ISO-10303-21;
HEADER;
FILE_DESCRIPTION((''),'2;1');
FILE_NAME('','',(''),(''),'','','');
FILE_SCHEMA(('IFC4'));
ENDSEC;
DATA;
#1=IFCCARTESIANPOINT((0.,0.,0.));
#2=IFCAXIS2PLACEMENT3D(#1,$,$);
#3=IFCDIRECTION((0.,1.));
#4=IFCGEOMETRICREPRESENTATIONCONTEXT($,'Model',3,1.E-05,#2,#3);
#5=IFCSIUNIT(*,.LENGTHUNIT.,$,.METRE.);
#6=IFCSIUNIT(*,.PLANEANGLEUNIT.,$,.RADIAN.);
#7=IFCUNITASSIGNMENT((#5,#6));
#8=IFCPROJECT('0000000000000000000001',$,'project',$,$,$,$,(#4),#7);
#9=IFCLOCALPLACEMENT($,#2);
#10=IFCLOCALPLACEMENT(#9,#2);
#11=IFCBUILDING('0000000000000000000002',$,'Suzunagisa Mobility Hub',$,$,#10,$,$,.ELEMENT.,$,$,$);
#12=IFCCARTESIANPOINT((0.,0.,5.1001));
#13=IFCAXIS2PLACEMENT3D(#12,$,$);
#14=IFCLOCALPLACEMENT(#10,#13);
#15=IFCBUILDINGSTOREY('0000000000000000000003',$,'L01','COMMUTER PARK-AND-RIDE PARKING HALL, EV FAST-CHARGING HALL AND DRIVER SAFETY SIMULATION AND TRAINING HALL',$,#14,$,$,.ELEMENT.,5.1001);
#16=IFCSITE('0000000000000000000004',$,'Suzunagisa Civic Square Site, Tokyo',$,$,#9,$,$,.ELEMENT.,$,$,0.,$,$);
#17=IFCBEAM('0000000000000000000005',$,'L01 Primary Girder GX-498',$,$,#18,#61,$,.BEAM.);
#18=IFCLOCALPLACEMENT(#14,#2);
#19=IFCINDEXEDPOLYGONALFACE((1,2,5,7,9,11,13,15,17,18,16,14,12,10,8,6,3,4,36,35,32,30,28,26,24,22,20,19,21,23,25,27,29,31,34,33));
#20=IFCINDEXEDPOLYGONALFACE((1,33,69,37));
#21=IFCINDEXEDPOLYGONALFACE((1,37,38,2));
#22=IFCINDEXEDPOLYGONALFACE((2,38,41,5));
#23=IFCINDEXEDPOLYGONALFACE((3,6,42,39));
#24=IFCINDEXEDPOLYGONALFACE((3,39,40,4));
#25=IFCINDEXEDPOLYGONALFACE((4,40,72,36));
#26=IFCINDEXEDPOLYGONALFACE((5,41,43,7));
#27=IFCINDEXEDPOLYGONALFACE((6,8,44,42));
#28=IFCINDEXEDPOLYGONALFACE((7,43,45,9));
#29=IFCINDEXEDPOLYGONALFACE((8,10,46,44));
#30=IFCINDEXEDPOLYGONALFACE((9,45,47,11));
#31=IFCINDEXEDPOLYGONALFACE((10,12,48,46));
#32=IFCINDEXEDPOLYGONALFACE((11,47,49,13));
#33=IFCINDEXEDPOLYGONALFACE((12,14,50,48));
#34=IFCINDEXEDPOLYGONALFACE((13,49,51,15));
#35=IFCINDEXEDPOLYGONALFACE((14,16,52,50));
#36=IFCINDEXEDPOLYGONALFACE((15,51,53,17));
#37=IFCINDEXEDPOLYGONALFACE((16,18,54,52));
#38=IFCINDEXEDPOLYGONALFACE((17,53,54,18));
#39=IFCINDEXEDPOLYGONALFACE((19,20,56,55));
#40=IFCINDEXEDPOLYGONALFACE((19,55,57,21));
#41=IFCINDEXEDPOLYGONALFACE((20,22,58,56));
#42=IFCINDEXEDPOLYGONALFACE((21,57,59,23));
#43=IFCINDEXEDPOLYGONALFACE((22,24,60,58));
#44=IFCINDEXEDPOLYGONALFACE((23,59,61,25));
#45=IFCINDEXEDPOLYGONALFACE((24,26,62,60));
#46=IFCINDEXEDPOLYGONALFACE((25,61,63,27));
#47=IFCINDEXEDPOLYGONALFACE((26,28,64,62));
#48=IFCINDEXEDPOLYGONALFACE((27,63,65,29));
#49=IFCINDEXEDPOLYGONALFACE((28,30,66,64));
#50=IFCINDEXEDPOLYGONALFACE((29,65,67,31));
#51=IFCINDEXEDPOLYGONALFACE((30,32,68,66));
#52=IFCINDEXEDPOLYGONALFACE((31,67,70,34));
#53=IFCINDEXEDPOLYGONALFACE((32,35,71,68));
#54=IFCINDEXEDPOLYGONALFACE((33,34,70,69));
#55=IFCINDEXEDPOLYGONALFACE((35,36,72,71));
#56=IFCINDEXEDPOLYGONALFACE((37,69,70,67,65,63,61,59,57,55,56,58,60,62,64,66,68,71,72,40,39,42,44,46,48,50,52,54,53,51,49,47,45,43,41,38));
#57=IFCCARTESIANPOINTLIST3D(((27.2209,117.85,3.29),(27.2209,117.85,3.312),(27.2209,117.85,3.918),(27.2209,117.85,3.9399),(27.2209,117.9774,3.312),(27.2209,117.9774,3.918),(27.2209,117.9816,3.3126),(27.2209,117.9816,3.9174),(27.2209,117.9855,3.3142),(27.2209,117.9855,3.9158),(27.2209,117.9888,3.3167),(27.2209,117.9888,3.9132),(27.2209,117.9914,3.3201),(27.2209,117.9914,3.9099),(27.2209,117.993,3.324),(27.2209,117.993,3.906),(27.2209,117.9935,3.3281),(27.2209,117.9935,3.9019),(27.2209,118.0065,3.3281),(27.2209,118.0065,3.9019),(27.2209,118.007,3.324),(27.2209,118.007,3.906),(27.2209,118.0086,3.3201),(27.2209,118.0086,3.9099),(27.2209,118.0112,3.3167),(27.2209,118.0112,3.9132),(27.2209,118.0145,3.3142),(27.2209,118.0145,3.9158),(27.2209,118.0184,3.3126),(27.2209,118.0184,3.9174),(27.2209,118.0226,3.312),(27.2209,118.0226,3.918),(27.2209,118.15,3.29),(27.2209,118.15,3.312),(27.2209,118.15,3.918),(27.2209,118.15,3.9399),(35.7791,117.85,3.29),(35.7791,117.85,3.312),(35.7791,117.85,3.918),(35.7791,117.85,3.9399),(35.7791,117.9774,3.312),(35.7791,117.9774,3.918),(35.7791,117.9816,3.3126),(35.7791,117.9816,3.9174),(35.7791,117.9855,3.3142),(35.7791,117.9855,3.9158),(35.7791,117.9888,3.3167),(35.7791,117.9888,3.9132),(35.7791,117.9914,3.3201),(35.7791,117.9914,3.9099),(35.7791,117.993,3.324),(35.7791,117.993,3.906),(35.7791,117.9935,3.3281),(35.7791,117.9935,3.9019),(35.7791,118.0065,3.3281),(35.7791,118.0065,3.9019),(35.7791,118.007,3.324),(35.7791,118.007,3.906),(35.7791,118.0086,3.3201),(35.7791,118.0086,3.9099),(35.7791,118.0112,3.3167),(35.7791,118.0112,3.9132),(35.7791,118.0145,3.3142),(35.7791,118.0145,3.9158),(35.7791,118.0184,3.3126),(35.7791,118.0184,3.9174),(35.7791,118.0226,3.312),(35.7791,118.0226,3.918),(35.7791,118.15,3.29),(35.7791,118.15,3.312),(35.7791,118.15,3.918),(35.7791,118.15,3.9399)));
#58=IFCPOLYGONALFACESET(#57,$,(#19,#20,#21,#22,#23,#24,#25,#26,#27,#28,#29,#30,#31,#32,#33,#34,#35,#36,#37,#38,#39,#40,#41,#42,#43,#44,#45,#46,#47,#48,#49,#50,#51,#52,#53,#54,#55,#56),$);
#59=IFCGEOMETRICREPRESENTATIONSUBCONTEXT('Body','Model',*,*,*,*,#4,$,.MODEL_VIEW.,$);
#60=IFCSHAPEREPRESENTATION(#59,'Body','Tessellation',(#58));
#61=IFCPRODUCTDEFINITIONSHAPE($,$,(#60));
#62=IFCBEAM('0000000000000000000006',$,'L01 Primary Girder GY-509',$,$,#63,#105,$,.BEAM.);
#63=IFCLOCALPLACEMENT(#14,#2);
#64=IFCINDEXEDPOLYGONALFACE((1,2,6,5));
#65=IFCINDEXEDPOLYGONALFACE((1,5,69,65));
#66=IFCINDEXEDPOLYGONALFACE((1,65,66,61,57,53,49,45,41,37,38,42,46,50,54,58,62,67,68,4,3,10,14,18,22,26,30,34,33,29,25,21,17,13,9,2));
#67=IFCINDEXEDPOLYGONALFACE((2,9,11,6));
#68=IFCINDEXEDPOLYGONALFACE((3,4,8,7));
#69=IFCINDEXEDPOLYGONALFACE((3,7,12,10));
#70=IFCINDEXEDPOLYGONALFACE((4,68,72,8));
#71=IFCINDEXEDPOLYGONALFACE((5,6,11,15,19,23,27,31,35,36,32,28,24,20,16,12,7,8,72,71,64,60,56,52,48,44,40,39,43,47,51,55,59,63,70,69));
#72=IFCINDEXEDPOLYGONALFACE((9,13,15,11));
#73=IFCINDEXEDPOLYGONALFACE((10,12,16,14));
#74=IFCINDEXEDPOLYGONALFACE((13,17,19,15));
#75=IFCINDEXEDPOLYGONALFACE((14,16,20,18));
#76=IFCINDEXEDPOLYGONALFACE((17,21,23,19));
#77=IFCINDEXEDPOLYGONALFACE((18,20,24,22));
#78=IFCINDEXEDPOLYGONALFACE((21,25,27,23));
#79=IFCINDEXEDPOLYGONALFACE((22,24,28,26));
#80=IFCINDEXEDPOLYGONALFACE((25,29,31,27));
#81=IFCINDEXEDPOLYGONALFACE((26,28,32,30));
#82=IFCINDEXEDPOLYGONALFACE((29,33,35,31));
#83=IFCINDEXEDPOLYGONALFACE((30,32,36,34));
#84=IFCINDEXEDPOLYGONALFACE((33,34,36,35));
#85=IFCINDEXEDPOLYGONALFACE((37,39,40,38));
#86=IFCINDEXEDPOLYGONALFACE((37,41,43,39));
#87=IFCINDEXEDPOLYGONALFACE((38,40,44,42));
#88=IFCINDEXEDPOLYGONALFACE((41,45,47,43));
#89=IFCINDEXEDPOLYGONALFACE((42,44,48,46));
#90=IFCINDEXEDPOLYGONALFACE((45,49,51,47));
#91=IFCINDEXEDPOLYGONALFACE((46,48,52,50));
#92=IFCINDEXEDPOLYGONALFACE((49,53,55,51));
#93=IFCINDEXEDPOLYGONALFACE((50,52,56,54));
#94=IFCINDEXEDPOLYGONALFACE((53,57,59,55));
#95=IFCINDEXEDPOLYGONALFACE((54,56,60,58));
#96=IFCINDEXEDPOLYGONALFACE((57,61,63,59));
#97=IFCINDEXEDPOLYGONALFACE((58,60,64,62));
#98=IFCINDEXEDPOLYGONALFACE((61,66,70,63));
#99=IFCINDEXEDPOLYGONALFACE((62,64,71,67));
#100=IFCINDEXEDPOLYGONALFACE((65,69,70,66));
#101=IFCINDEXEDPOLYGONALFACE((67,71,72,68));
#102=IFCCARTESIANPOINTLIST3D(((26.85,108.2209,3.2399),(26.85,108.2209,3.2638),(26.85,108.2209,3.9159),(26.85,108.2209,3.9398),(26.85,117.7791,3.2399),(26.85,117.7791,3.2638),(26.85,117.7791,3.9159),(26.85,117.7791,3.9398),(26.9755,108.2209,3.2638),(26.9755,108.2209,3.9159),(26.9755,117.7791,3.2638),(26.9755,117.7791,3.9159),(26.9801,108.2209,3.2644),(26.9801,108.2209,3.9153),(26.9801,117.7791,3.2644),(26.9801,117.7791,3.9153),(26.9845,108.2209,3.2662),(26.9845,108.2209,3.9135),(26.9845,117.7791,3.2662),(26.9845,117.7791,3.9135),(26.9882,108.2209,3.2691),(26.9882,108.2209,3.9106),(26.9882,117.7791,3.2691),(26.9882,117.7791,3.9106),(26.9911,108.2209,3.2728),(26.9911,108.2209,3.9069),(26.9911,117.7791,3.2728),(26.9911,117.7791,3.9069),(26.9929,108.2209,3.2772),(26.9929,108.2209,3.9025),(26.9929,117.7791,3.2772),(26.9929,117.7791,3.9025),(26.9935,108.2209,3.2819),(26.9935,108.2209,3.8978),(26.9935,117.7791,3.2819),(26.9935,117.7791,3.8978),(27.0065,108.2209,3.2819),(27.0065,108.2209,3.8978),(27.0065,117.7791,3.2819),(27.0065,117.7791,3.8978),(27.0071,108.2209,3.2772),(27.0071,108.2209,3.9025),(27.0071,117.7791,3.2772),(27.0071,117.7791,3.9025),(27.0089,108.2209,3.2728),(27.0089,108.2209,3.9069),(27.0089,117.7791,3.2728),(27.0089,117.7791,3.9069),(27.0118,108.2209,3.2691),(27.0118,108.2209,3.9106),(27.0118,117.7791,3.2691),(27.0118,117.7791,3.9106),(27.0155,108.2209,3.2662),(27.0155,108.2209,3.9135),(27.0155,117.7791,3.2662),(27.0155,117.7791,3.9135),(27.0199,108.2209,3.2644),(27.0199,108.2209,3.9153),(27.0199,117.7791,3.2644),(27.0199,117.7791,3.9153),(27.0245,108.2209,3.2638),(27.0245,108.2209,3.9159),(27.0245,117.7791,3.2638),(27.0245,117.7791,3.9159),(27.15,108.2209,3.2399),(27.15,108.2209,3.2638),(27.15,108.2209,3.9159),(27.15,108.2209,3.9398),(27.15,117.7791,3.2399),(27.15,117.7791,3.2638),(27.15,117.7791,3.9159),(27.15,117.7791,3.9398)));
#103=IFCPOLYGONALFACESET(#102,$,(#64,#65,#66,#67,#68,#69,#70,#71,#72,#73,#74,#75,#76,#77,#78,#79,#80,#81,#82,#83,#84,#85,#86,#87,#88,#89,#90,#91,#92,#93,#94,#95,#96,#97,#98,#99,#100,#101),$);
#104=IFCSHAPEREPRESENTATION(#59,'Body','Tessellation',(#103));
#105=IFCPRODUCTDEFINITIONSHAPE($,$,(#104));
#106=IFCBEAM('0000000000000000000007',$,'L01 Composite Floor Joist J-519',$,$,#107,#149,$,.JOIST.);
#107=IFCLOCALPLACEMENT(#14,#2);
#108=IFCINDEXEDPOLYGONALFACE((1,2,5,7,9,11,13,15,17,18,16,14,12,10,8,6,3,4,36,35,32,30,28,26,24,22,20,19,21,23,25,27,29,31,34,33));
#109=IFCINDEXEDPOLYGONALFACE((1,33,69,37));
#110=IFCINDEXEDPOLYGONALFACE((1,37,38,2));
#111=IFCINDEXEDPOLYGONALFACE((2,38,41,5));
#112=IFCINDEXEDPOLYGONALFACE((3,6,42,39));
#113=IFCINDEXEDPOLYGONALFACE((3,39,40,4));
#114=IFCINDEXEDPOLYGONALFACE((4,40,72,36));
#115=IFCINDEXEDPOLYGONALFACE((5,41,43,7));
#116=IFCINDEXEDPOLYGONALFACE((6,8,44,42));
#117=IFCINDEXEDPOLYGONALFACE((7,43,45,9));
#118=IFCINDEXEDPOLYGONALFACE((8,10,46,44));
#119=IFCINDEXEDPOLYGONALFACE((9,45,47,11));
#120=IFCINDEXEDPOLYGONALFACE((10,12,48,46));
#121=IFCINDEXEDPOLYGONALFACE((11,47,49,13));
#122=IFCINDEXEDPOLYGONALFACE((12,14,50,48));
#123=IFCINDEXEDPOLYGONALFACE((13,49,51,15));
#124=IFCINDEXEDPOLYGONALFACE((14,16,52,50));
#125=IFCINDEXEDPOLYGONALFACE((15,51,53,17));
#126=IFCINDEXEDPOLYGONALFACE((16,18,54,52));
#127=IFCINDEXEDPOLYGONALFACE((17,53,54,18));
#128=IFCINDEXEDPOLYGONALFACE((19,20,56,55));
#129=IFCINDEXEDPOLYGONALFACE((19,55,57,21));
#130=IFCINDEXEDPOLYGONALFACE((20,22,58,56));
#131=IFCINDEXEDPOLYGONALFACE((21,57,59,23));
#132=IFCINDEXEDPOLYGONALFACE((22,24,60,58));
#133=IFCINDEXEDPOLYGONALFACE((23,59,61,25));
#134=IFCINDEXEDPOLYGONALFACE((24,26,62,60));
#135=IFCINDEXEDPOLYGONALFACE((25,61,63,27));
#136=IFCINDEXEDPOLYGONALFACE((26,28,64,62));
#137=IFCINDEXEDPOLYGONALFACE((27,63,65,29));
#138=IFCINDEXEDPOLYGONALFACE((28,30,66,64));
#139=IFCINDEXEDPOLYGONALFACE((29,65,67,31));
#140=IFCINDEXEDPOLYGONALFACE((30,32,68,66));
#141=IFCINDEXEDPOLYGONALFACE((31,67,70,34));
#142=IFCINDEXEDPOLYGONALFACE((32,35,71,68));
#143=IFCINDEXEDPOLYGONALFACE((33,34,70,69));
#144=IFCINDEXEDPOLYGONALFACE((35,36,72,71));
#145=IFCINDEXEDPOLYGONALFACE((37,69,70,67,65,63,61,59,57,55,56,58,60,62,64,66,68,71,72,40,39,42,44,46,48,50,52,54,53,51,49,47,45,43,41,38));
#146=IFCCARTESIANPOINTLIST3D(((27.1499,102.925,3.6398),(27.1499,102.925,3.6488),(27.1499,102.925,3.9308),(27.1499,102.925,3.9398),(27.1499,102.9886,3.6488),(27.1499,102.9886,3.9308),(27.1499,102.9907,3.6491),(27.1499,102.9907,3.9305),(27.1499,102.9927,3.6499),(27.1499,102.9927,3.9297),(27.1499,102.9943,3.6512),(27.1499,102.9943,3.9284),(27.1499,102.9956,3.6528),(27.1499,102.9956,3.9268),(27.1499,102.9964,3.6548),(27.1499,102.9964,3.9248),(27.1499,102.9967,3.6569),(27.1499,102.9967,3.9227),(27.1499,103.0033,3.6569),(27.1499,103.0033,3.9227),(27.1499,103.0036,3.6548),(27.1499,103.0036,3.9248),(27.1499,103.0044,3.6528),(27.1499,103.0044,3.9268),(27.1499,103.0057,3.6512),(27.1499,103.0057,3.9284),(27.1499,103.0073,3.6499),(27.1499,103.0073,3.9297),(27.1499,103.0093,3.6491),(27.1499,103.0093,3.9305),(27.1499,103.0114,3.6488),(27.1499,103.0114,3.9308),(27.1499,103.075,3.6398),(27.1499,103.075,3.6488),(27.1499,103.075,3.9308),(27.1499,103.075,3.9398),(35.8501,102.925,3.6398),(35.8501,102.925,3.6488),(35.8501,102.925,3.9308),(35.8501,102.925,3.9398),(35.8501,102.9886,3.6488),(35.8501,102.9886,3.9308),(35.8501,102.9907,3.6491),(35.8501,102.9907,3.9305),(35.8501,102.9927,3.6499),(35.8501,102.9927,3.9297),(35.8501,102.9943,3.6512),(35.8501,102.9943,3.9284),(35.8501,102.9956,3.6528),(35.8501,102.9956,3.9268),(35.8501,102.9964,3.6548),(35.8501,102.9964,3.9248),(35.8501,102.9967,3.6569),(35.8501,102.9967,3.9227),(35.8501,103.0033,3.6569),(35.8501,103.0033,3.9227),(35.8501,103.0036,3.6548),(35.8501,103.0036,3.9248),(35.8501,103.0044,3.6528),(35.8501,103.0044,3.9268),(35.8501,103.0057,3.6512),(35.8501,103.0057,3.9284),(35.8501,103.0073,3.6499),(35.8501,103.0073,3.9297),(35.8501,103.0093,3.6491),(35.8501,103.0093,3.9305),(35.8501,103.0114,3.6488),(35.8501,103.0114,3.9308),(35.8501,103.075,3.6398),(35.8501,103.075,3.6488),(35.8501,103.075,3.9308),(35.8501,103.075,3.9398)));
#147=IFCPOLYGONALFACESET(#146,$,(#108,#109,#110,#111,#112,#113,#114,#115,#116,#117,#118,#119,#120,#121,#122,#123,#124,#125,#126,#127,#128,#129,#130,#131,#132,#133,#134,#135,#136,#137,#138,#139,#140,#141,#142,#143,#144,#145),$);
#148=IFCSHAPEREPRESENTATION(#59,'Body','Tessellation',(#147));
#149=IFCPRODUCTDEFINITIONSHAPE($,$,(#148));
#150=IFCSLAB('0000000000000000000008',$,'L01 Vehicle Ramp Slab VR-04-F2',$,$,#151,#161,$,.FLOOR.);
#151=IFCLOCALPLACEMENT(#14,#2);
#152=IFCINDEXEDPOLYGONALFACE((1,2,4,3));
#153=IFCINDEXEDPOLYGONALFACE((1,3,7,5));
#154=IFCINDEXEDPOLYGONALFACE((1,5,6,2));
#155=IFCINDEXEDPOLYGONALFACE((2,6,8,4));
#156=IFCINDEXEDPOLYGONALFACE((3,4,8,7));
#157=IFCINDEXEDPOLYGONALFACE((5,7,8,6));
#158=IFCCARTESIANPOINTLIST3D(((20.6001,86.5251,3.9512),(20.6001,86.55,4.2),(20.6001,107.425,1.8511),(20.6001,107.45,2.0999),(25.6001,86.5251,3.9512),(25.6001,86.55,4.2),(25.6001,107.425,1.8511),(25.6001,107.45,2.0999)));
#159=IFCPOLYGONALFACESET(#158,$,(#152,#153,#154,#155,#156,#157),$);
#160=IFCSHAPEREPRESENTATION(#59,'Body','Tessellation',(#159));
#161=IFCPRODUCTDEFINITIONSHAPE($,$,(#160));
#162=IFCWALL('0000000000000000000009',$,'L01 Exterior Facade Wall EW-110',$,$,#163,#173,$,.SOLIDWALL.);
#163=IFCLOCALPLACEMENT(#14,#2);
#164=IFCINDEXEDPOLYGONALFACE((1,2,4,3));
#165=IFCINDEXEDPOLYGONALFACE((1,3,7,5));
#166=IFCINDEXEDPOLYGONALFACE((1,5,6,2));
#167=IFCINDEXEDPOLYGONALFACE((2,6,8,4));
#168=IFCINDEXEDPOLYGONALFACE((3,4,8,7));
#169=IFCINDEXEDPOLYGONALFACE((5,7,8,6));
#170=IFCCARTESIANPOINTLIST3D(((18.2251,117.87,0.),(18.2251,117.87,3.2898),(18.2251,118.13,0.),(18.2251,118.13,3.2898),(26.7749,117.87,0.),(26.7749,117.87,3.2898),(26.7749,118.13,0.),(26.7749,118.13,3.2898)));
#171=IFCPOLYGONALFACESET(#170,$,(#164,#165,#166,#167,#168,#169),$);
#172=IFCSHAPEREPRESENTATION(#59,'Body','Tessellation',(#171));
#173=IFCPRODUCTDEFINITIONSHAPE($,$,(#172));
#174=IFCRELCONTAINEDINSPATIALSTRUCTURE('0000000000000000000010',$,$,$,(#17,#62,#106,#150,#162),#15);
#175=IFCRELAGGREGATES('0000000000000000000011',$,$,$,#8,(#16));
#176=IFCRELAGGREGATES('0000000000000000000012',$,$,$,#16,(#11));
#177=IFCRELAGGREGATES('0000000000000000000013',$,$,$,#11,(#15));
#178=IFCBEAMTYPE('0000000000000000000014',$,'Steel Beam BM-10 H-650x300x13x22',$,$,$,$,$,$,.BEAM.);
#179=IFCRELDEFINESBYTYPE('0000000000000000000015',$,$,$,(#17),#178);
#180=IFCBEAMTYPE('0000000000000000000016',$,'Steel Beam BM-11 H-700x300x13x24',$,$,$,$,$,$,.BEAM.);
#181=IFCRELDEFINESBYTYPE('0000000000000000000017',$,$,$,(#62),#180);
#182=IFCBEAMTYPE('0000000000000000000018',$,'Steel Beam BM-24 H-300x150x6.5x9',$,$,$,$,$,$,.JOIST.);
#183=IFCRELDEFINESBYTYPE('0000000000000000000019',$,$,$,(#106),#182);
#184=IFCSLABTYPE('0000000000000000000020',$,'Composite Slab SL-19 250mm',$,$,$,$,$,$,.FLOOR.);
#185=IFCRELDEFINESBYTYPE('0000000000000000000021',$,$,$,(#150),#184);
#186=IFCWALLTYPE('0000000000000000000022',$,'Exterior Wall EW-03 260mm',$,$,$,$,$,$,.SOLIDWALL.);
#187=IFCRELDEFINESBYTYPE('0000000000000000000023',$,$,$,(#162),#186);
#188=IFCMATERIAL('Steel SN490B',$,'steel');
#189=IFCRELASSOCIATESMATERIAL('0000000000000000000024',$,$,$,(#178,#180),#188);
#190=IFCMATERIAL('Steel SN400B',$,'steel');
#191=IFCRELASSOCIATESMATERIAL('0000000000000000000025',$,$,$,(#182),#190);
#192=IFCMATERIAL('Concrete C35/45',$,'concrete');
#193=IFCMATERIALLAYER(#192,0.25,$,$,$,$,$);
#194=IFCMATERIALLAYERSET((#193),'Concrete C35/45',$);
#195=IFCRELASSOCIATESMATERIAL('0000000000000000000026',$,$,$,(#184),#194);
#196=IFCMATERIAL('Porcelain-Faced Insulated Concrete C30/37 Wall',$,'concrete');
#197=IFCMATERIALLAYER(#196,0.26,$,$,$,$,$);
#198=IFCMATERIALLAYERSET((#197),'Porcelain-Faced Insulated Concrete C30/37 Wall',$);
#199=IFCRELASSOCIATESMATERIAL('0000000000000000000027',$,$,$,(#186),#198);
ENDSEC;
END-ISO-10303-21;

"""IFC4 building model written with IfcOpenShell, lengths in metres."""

from ifc_helpers import new_model, si_unit, direction, frame, frame_2d, origin, origin_2d, place, context, subcontext, project, spatial, polyline, rectangle, i_section, outline, extrude, material, layer, layer_set, material_profile, profile_set, type_object, element, save


model = new_model("IFC4")

# Units and contexts
model_context = context("Model", 3, precision=1e-05, world=origin(), true_north=direction((0.0, 1.0)))
body_context = subcontext(model_context, "Body", "Model", "MODEL_VIEW")
ifc_project = project(units=[si_unit("LENGTHUNIT", "METRE"), si_unit("PLANEANGLEUNIT", "RADIAN")], contexts=[model_context])

# Site, building, storey
site_placement = place(None, origin())
site = spatial("IfcSite", under=ifc_project, at=site_placement, Name="Suzunagisa Civic Square Site, Tokyo", CompositionType="ELEMENT", RefElevation=0.0)
building_placement = place(site_placement, origin())
building = spatial("IfcBuilding", under=site, at=building_placement, Name="Suzunagisa Mobility Hub", CompositionType="ELEMENT")
storey_placement = place(building_placement, frame((0.0, 0.0, 5.1001)))
storey = spatial("IfcBuildingStorey", under=building, at=storey_placement, Name="L01", Description="COMMUTER PARK-AND-RIDE PARKING HALL, EV FAST-CHARGING HALL AND DRIVER SAFETY SIMULATION AND TRAINING HALL", CompositionType="ELEMENT", Elevation=5.1001)

# Shared definitions
ifc_material_1 = material(Name="Steel SN490B", Category="steel")

# Beams
ifc_material_2 = material(Name="Steel SN400B", Category="steel")
ifc_material_profile_1 = material_profile(ifc_material_1, i_section(OverallWidth=0.3, OverallDepth=0.6499, WebThickness=0.0129, FlangeThickness=0.022, FilletRadius=0.0161, at=origin_2d()), Name="H-650x300x13x22")
ifc_profile_set_1 = profile_set([ifc_material_profile_1], Name="Steel SN490B")
beam_type_1 = type_object("IfcBeamType", Name="Steel Beam BM-10 H-650x300x13x22", PredefinedType="BEAM", material=ifc_profile_set_1)
for number, where, z_axis, x_axis, name in (
    (1, (27.2209, 118.0, 3.615), (1.0, 0.0, 0.0), (0.0, 1.0, 0.0), "L01 Primary Girder GX-498"),
):
    element("IfcBeam", number, at=place(storey_placement, frame(where, z_axis=z_axis, x_axis=x_axis)), inside=storey, type_object=beam_type_1, Name=name, PredefinedType="BEAM", context=body_context, shape_type="SweptSolid", body=[
        extrude(i_section(OverallWidth=0.3, OverallDepth=0.6499, WebThickness=0.0129, FlangeThickness=0.022, FilletRadius=0.0161, at=origin_2d()), origin(), (0.0, 0.0, 1.0), 8.5581),
    ])
ifc_material_profile_2 = material_profile(ifc_material_1, i_section(OverallWidth=0.3, OverallDepth=0.7, WebThickness=0.0129, FlangeThickness=0.0239, FilletRadius=0.0181, at=origin_2d()), Name="H-700x300x13x24")
ifc_profile_set_2 = profile_set([ifc_material_profile_2], Name="Steel SN490B")
beam_type_2 = type_object("IfcBeamType", Name="Steel Beam BM-11 H-700x300x13x24", PredefinedType="BEAM", material=ifc_profile_set_2)
beam_1_placement = place(storey_placement, frame((27.0, 108.2209, 3.5898), z_axis=(0.0, 1.0, 0.0), x_axis=(-1.0, 0.0, 0.0)))
element("IfcBeam", 2, at=beam_1_placement, inside=storey, type_object=beam_type_2, Name="L01 Primary Girder GY-509", PredefinedType="BEAM", context=body_context, shape_type="SweptSolid", body=[
    extrude(i_section(OverallWidth=0.3, OverallDepth=0.7, WebThickness=0.0129, FlangeThickness=0.0239, FilletRadius=0.0181, at=origin_2d()), origin(), (0.0, 0.0, 1.0), 9.5581),
])
ifc_material_profile_3 = material_profile(ifc_material_2, i_section(OverallWidth=0.1499, OverallDepth=0.3, WebThickness=0.0066, FlangeThickness=0.009, FilletRadius=0.0081, at=origin_2d()), Name="H-300x150x6.5x9")
ifc_profile_set_3 = profile_set([ifc_material_profile_3], Name="Steel SN400B")
beam_type_3 = type_object("IfcBeamType", Name="Steel Beam BM-24 H-300x150x6.5x9", PredefinedType="JOIST", material=ifc_profile_set_3)
beam_2_placement = place(storey_placement, frame((27.1499, 103.0, 3.7898), z_axis=(1.0, 0.0, 0.0), x_axis=(0.0, 1.0, 0.0)))
element("IfcBeam", 3, at=beam_2_placement, inside=storey, type_object=beam_type_3, Name="L01 Composite Floor Joist J-519", PredefinedType="JOIST", context=body_context, shape_type="SweptSolid", body=[
    extrude(i_section(OverallWidth=0.1499, OverallDepth=0.3, WebThickness=0.0066, FlangeThickness=0.009, FilletRadius=0.0081, at=origin_2d()), origin(), (0.0, 0.0, 1.0), 8.7002),
])

# Slab
ifc_material_3 = material(Name="Concrete C35/45", Category="concrete")
ifc_layer_1 = layer(ifc_material_3, 0.25)
ifc_layer_set_1 = layer_set([ifc_layer_1], Name="Concrete C35/45")
slab_type = type_object("IfcSlabType", Name="Composite Slab SL-19 250mm", PredefinedType="FLOOR", material=ifc_layer_set_1)
slab_placement = place(storey_placement, frame((20.6001, 107.45, 2.0999), z_axis=(0.0, 0.09998, 0.994989), x_axis=(1.0, 0.0, 0.0)))
element("IfcSlab", 4, at=slab_placement, inside=storey, type_object=slab_type, Name="L01 Vehicle Ramp Slab VR-04-F2", PredefinedType="FLOOR", context=body_context, shape_type="SweptSolid", body=[
    extrude(outline(polyline([(0.0, 0.0), (5.0, 0.0), (5.0, -21.0052), (0.0, -21.0052), (0.0, 0.0)])), origin(), (0.0, 0.0, -1.0), 0.25),
])

# Wall
ifc_material_4 = material(Name="Porcelain-Faced Insulated Concrete C30/37 Wall", Category="concrete")
ifc_layer_2 = layer(ifc_material_4, 0.26)
ifc_layer_set_2 = layer_set([ifc_layer_2], Name="Porcelain-Faced Insulated Concrete C30/37 Wall")
wall_type_1 = type_object("IfcWallType", Name="Exterior Wall EW-03 260mm", PredefinedType="SOLIDWALL", material=ifc_layer_set_2)
wall_1_placement = place(storey_placement, frame((26.7749, 118.0, 0.0), z_axis=(0.0, 0.0, 1.0), x_axis=(-1.0, 0.0, 0.0)))
element("IfcWall", 5, at=wall_1_placement, inside=storey, type_object=wall_type_1, Name="L01 Exterior Facade Wall EW-110", PredefinedType="SOLIDWALL", context=body_context, shape_type="SweptSolid", body=[
    extrude(rectangle(XDim=8.5498, YDim=0.26, at=frame_2d((4.2749, 0.0))), origin(), (0.0, 0.0, 1.0), 3.2898),
])

save(model, "model.ifc")
